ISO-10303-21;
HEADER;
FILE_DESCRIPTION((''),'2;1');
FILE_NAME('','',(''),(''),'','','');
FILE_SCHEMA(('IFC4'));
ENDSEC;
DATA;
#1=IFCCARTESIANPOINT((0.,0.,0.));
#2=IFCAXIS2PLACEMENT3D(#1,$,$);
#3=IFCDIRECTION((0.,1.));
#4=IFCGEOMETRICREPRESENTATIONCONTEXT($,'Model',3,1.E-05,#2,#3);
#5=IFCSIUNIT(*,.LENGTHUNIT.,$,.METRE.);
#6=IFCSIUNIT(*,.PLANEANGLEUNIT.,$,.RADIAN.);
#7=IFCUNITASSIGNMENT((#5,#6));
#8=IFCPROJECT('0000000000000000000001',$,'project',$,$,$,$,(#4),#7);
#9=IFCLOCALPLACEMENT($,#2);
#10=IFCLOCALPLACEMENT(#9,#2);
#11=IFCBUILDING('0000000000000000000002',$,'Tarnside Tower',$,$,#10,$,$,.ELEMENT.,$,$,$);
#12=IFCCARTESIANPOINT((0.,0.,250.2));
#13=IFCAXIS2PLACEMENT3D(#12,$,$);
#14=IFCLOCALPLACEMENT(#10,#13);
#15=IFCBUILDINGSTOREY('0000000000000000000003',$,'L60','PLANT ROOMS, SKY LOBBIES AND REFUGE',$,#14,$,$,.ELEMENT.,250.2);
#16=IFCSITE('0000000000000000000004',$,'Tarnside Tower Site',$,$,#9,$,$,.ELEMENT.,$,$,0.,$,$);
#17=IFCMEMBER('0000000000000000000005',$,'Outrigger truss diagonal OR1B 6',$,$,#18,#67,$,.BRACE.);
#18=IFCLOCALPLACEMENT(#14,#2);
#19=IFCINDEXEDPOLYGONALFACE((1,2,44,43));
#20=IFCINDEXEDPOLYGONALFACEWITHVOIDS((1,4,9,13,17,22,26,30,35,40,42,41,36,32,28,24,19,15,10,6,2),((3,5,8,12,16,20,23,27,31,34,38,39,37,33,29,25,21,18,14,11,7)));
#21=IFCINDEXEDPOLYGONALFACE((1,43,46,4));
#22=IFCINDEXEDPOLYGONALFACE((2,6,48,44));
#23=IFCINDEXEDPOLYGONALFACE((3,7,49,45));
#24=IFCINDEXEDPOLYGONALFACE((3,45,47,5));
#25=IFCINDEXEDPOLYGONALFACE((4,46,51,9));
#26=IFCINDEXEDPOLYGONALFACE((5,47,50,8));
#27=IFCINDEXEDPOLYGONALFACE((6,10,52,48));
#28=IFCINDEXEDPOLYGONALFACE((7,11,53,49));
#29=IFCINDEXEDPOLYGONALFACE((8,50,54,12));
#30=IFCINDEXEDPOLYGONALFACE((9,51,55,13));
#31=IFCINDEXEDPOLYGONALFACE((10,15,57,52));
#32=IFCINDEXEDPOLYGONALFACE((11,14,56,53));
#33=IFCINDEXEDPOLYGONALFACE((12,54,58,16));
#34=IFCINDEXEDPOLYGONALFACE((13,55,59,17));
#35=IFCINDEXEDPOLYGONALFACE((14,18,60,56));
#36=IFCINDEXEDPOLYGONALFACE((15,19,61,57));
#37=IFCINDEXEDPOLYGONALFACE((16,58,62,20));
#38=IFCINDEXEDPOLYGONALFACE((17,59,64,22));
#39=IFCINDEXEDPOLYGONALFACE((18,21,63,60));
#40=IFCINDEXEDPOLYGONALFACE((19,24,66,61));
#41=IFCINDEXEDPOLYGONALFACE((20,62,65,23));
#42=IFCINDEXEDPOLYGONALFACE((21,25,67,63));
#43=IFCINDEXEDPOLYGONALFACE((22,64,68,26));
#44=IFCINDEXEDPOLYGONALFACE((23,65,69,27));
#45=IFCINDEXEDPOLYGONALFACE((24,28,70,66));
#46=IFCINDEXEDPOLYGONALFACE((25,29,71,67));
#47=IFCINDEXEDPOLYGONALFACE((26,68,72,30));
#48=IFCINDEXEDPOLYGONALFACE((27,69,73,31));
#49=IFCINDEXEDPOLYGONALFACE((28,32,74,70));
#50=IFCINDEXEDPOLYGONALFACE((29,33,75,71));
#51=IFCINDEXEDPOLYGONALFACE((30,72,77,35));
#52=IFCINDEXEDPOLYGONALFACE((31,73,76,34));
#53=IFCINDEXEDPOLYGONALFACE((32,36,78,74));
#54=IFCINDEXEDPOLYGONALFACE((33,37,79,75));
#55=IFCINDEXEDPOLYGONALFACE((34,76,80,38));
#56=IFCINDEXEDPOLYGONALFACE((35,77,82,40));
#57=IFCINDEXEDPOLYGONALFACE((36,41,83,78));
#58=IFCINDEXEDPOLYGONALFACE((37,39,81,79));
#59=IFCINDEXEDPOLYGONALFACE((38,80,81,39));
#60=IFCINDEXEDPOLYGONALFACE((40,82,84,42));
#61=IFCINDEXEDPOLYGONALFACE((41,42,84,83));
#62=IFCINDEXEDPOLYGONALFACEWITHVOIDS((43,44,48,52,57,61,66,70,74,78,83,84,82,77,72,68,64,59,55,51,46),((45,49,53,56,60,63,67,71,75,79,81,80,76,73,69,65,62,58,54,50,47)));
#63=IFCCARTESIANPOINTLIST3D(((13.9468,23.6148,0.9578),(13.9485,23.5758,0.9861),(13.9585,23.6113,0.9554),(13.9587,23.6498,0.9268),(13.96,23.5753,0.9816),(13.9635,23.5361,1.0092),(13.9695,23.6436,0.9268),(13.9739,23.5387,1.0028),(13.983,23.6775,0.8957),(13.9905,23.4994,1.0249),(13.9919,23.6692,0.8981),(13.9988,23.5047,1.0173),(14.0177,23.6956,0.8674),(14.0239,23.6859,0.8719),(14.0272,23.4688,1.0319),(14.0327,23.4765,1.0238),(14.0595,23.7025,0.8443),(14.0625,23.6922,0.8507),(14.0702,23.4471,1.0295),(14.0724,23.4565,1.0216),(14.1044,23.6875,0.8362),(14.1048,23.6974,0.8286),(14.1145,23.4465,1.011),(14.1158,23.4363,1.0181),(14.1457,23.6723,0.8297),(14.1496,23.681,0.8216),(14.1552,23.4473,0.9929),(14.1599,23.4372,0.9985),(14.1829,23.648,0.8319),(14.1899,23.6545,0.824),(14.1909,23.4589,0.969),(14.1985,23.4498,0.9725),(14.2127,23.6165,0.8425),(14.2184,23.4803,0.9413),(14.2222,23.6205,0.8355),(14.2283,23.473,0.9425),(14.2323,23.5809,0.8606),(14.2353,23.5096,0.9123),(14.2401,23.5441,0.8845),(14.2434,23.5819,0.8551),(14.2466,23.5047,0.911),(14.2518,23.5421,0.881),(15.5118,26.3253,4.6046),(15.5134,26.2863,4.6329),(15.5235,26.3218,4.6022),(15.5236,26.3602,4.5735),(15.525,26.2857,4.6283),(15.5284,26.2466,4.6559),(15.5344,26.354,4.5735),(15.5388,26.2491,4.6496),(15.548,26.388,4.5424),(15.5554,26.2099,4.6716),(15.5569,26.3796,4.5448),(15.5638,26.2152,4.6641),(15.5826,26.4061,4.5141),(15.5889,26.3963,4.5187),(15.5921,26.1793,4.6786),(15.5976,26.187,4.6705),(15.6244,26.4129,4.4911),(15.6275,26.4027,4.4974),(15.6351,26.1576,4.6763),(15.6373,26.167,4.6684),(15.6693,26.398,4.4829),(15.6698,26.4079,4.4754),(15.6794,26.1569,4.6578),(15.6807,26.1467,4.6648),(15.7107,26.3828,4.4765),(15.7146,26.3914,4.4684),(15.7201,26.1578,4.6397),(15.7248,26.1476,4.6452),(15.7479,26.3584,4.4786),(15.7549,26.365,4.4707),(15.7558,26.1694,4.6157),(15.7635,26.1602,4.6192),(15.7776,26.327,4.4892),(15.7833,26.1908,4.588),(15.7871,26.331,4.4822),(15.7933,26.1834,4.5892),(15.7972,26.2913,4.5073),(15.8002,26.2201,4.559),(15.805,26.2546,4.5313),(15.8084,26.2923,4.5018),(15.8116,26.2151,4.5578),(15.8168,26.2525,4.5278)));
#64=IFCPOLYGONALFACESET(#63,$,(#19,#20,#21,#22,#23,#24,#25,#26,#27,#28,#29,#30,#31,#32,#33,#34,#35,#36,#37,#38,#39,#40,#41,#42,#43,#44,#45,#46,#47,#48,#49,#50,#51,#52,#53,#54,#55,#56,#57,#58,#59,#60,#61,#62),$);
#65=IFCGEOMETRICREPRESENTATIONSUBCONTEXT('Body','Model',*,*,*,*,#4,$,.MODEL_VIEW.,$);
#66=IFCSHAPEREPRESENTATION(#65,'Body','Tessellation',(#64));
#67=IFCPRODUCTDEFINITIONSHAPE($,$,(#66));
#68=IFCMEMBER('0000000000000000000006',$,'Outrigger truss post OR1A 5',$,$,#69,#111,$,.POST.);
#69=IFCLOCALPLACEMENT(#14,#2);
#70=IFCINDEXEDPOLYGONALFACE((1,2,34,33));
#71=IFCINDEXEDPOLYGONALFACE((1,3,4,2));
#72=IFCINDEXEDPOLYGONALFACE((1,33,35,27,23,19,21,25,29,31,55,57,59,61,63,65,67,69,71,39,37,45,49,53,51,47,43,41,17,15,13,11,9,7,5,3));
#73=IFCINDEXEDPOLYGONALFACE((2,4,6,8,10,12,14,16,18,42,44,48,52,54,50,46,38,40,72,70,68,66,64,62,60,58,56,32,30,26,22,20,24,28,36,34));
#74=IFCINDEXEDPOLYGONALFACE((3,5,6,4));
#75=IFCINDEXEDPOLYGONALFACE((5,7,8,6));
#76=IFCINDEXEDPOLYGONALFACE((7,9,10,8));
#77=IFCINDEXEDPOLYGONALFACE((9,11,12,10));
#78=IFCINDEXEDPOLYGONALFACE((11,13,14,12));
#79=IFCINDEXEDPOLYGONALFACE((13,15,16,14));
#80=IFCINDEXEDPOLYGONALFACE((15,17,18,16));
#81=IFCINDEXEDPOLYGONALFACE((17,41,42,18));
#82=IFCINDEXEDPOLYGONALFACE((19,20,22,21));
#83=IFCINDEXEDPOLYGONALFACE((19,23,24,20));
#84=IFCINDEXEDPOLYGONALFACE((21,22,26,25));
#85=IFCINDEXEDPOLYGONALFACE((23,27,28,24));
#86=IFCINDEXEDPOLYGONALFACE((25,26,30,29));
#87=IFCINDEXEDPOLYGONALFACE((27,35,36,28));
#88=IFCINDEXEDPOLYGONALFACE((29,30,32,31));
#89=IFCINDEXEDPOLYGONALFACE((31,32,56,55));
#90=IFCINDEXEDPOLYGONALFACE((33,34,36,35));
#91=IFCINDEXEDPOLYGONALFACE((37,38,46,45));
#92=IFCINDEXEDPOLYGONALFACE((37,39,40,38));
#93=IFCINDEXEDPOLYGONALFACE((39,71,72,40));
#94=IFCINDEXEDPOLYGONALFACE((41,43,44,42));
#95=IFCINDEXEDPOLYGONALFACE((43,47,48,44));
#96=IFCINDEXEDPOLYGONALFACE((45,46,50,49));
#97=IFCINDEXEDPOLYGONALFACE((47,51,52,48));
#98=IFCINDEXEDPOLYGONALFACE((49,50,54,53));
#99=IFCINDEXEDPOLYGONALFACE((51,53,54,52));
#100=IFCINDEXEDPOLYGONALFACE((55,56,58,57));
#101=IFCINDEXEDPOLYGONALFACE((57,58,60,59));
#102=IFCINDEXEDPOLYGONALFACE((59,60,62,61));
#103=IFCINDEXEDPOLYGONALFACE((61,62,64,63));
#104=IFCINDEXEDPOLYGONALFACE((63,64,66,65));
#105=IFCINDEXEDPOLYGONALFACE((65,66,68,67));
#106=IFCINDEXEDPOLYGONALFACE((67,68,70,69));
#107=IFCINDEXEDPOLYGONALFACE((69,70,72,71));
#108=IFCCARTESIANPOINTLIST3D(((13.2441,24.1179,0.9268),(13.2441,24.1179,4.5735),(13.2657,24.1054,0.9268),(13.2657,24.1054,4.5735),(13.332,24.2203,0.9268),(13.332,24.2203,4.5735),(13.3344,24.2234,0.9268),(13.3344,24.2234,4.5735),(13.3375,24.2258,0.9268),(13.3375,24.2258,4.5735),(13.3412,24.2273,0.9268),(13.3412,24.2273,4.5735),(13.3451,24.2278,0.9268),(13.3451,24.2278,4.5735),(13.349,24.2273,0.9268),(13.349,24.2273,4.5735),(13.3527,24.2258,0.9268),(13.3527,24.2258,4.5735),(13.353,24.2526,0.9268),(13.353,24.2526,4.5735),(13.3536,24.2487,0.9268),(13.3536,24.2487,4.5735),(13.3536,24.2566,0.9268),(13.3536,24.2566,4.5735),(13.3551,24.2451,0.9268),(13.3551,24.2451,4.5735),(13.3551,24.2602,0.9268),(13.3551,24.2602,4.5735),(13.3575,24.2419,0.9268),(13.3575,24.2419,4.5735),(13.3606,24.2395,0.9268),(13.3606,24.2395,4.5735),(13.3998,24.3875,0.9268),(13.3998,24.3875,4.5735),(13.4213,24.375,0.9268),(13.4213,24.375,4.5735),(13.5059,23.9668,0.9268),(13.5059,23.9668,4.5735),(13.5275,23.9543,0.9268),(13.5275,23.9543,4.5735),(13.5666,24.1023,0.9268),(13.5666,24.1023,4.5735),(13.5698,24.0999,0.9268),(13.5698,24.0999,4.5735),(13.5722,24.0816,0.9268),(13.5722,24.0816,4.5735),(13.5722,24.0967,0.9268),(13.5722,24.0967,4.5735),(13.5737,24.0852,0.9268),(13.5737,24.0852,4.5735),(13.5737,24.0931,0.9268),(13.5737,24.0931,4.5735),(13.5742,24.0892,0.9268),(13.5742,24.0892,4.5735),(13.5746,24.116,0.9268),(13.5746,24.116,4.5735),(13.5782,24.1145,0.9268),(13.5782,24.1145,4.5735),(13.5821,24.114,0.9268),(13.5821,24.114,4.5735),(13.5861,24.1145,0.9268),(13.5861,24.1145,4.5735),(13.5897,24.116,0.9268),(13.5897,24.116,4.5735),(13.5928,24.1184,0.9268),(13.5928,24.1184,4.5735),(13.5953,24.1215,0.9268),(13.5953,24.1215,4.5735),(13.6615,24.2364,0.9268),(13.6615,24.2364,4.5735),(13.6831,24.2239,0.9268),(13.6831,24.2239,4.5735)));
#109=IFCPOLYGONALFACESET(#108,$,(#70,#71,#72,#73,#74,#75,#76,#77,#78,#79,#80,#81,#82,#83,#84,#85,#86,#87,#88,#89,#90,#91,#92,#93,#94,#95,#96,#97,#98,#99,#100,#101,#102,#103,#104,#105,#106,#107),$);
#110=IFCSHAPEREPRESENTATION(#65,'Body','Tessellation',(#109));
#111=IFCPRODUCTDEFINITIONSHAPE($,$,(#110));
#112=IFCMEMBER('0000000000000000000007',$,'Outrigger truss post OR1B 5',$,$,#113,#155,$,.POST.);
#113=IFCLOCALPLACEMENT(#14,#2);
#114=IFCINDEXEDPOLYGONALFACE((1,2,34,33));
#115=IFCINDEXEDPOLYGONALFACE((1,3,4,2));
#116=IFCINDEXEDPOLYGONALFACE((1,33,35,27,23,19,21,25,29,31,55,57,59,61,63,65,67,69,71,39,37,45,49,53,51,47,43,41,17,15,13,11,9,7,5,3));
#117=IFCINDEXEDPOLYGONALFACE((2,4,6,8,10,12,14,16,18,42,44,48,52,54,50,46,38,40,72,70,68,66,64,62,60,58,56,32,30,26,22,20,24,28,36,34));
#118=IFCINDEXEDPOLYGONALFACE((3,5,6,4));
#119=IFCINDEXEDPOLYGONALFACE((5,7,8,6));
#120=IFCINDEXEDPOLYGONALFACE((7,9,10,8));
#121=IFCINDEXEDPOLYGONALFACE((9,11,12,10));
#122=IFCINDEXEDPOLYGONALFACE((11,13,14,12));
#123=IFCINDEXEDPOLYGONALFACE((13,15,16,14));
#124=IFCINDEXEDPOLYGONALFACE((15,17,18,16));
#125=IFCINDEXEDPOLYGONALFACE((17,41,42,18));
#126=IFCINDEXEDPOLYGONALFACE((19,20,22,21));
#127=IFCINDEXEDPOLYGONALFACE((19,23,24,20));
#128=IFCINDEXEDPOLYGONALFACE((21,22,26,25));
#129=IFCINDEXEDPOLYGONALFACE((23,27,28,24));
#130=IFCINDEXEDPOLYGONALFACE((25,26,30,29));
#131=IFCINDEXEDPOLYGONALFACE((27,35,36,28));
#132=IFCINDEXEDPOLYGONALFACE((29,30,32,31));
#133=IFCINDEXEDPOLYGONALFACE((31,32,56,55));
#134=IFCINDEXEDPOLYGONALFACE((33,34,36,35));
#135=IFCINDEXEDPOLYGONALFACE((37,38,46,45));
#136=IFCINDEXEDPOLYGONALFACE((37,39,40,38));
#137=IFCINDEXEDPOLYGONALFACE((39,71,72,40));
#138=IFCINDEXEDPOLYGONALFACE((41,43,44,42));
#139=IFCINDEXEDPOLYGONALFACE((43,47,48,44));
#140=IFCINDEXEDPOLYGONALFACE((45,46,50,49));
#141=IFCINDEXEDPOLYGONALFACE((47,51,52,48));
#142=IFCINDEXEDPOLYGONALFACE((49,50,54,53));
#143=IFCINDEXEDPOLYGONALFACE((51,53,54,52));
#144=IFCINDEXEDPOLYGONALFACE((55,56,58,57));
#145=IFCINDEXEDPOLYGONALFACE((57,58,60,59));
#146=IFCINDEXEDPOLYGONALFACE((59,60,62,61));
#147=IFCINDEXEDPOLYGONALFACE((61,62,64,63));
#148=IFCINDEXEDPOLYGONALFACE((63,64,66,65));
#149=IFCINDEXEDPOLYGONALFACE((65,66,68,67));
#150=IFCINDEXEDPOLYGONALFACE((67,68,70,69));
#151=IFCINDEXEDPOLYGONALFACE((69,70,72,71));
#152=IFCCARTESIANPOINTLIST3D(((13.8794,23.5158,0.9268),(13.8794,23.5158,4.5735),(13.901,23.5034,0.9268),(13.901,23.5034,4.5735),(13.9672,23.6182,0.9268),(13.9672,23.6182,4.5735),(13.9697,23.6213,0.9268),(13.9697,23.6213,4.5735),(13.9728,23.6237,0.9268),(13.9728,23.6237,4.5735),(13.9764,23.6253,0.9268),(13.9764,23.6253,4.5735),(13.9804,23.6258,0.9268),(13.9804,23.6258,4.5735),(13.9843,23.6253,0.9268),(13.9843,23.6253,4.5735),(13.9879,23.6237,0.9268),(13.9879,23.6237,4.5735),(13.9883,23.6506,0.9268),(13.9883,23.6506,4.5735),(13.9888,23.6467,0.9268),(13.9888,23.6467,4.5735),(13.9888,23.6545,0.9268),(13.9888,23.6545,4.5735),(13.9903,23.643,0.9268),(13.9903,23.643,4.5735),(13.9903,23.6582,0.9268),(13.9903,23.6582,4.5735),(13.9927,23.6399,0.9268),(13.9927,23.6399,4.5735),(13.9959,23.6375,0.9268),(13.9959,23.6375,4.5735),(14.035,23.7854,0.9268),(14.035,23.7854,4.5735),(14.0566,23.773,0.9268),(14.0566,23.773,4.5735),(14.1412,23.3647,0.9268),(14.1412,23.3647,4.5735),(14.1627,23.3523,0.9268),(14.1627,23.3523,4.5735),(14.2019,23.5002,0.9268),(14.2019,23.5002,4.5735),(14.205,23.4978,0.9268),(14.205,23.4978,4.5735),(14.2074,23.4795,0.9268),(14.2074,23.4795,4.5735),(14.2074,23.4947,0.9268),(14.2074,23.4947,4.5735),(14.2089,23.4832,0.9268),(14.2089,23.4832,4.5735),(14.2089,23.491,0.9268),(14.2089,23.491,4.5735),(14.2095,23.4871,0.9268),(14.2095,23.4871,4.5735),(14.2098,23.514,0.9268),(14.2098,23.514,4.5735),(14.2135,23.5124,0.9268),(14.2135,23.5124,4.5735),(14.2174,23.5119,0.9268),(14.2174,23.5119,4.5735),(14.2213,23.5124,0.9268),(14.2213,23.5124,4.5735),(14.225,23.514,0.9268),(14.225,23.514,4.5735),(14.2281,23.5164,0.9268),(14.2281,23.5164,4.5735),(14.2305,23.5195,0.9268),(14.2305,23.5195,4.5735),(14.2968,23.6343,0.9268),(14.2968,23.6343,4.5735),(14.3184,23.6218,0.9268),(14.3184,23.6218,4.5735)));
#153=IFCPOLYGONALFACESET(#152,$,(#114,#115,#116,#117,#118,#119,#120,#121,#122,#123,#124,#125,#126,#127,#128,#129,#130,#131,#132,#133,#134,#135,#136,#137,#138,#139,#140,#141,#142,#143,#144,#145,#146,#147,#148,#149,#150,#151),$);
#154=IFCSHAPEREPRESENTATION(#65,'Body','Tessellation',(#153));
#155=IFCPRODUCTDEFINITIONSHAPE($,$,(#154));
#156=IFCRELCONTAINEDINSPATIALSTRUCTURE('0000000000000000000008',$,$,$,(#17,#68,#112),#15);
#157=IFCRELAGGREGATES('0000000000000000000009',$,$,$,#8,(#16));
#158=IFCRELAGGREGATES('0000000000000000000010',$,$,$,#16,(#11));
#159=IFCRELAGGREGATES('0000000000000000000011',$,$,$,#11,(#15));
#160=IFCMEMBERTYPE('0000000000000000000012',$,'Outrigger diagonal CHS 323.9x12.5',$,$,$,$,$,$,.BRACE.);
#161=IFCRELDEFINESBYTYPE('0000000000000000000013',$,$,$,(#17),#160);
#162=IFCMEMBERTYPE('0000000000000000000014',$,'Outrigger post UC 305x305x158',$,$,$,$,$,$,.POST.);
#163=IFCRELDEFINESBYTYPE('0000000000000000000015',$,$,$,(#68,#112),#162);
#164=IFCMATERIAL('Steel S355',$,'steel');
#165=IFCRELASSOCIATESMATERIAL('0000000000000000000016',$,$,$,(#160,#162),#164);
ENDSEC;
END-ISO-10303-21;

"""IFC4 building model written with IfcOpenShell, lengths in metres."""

from ifc_helpers import new_model, si_unit, direction, frame, origin, origin_2d, place, context, subcontext, project, spatial, hollow_circle, i_section, extrude, material, material_profile, profile_set, type_object, element, save


model = new_model("IFC4")

# Units and contexts
model_context = context("Model", 3, precision=1e-05, world=origin(), true_north=direction((0.0, 1.0)))
body_context = subcontext(model_context, "Body", "Model", "MODEL_VIEW")
ifc_project = project(units=[si_unit("LENGTHUNIT", "METRE"), si_unit("PLANEANGLEUNIT", "RADIAN")], contexts=[model_context])

# Site, building, storey
site_placement = place(None, origin())
site = spatial("IfcSite", under=ifc_project, at=site_placement, Name="Tarnside Tower Site", CompositionType="ELEMENT", RefElevation=0.0)
building_placement = place(site_placement, origin())
building = spatial("IfcBuilding", under=site, at=building_placement, Name="Tarnside Tower", CompositionType="ELEMENT")
storey_placement = place(building_placement, frame((0.0, 0.0, 250.2)))
storey = spatial("IfcBuildingStorey", under=building, at=storey_placement, Name="L60", Description="PLANT ROOMS, SKY LOBBIES AND REFUGE", CompositionType="ELEMENT", Elevation=250.2)

# Shared definitions
ifc_material_1 = material(Name="Steel S355", Category="steel")

# Members
ifc_material_profile_1 = material_profile(ifc_material_1, hollow_circle(Radius=0.1619, WallThickness=0.0125, at=origin_2d()), Name="CHS 323.9x12.5")
ifc_profile_set_1 = profile_set([ifc_material_profile_1], Name="Steel S355")
member_type_1 = type_object("IfcMemberType", Name="Outrigger diagonal CHS 323.9x12.5", PredefinedType="BRACE", material=ifc_profile_set_1)
member_1_placement = place(storey_placement, frame((14.0989, 23.5688, 0.9268), z_axis=(0.325647, 0.564014, 0.758843), x_axis=(-0.866017, 0.500015, 0.0)))
element("IfcMember", 1, at=member_1_placement, inside=storey, type_object=member_type_1, Name="Outrigger truss diagonal OR1B 6", PredefinedType="BRACE", context=body_context, shape_type="SweptSolid", body=[
    extrude(hollow_circle(Radius=0.1619, WallThickness=0.0125, at=origin_2d()), origin(), (0.0, 0.0, 1.0), 4.8057),
])
ifc_material_profile_2 = material_profile(ifc_material_1, i_section(OverallWidth=0.3113, OverallDepth=0.3271, WebThickness=0.0159, FlangeThickness=0.0249, FilletRadius=0.0151, at=origin_2d()), Name="UC 305x305x158")
ifc_profile_set_2 = profile_set([ifc_material_profile_2], Name="Steel S355")
member_type_2 = type_object("IfcMemberType", Name="Outrigger post UC 305x305x158", PredefinedType="POST", material=ifc_profile_set_2)
for number, where, z_axis, x_axis, name in (
    (2, (13.4636, 24.1709, 0.9268), (0.0, 0.0, 1.0), (0.5, 0.866025, 0.0), "Outrigger truss post OR1A 5"),
    (3, (14.0989, 23.5688, 0.9268), (0.0, 0.0, 1.0), (0.5, 0.866025, 0.0), "Outrigger truss post OR1B 5"),
):
    element("IfcMember", number, at=place(storey_placement, frame(where, z_axis=z_axis, x_axis=x_axis)), inside=storey, type_object=member_type_2, Name=name, PredefinedType="POST", context=body_context, shape_type="SweptSolid", body=[
        extrude(i_section(OverallWidth=0.3113, OverallDepth=0.3271, WebThickness=0.0159, FlangeThickness=0.0249, FilletRadius=0.0151, at=origin_2d()), origin(), (0.0, 0.0, 1.0), 3.6467),
    ])

save(model, "model.ifc")
